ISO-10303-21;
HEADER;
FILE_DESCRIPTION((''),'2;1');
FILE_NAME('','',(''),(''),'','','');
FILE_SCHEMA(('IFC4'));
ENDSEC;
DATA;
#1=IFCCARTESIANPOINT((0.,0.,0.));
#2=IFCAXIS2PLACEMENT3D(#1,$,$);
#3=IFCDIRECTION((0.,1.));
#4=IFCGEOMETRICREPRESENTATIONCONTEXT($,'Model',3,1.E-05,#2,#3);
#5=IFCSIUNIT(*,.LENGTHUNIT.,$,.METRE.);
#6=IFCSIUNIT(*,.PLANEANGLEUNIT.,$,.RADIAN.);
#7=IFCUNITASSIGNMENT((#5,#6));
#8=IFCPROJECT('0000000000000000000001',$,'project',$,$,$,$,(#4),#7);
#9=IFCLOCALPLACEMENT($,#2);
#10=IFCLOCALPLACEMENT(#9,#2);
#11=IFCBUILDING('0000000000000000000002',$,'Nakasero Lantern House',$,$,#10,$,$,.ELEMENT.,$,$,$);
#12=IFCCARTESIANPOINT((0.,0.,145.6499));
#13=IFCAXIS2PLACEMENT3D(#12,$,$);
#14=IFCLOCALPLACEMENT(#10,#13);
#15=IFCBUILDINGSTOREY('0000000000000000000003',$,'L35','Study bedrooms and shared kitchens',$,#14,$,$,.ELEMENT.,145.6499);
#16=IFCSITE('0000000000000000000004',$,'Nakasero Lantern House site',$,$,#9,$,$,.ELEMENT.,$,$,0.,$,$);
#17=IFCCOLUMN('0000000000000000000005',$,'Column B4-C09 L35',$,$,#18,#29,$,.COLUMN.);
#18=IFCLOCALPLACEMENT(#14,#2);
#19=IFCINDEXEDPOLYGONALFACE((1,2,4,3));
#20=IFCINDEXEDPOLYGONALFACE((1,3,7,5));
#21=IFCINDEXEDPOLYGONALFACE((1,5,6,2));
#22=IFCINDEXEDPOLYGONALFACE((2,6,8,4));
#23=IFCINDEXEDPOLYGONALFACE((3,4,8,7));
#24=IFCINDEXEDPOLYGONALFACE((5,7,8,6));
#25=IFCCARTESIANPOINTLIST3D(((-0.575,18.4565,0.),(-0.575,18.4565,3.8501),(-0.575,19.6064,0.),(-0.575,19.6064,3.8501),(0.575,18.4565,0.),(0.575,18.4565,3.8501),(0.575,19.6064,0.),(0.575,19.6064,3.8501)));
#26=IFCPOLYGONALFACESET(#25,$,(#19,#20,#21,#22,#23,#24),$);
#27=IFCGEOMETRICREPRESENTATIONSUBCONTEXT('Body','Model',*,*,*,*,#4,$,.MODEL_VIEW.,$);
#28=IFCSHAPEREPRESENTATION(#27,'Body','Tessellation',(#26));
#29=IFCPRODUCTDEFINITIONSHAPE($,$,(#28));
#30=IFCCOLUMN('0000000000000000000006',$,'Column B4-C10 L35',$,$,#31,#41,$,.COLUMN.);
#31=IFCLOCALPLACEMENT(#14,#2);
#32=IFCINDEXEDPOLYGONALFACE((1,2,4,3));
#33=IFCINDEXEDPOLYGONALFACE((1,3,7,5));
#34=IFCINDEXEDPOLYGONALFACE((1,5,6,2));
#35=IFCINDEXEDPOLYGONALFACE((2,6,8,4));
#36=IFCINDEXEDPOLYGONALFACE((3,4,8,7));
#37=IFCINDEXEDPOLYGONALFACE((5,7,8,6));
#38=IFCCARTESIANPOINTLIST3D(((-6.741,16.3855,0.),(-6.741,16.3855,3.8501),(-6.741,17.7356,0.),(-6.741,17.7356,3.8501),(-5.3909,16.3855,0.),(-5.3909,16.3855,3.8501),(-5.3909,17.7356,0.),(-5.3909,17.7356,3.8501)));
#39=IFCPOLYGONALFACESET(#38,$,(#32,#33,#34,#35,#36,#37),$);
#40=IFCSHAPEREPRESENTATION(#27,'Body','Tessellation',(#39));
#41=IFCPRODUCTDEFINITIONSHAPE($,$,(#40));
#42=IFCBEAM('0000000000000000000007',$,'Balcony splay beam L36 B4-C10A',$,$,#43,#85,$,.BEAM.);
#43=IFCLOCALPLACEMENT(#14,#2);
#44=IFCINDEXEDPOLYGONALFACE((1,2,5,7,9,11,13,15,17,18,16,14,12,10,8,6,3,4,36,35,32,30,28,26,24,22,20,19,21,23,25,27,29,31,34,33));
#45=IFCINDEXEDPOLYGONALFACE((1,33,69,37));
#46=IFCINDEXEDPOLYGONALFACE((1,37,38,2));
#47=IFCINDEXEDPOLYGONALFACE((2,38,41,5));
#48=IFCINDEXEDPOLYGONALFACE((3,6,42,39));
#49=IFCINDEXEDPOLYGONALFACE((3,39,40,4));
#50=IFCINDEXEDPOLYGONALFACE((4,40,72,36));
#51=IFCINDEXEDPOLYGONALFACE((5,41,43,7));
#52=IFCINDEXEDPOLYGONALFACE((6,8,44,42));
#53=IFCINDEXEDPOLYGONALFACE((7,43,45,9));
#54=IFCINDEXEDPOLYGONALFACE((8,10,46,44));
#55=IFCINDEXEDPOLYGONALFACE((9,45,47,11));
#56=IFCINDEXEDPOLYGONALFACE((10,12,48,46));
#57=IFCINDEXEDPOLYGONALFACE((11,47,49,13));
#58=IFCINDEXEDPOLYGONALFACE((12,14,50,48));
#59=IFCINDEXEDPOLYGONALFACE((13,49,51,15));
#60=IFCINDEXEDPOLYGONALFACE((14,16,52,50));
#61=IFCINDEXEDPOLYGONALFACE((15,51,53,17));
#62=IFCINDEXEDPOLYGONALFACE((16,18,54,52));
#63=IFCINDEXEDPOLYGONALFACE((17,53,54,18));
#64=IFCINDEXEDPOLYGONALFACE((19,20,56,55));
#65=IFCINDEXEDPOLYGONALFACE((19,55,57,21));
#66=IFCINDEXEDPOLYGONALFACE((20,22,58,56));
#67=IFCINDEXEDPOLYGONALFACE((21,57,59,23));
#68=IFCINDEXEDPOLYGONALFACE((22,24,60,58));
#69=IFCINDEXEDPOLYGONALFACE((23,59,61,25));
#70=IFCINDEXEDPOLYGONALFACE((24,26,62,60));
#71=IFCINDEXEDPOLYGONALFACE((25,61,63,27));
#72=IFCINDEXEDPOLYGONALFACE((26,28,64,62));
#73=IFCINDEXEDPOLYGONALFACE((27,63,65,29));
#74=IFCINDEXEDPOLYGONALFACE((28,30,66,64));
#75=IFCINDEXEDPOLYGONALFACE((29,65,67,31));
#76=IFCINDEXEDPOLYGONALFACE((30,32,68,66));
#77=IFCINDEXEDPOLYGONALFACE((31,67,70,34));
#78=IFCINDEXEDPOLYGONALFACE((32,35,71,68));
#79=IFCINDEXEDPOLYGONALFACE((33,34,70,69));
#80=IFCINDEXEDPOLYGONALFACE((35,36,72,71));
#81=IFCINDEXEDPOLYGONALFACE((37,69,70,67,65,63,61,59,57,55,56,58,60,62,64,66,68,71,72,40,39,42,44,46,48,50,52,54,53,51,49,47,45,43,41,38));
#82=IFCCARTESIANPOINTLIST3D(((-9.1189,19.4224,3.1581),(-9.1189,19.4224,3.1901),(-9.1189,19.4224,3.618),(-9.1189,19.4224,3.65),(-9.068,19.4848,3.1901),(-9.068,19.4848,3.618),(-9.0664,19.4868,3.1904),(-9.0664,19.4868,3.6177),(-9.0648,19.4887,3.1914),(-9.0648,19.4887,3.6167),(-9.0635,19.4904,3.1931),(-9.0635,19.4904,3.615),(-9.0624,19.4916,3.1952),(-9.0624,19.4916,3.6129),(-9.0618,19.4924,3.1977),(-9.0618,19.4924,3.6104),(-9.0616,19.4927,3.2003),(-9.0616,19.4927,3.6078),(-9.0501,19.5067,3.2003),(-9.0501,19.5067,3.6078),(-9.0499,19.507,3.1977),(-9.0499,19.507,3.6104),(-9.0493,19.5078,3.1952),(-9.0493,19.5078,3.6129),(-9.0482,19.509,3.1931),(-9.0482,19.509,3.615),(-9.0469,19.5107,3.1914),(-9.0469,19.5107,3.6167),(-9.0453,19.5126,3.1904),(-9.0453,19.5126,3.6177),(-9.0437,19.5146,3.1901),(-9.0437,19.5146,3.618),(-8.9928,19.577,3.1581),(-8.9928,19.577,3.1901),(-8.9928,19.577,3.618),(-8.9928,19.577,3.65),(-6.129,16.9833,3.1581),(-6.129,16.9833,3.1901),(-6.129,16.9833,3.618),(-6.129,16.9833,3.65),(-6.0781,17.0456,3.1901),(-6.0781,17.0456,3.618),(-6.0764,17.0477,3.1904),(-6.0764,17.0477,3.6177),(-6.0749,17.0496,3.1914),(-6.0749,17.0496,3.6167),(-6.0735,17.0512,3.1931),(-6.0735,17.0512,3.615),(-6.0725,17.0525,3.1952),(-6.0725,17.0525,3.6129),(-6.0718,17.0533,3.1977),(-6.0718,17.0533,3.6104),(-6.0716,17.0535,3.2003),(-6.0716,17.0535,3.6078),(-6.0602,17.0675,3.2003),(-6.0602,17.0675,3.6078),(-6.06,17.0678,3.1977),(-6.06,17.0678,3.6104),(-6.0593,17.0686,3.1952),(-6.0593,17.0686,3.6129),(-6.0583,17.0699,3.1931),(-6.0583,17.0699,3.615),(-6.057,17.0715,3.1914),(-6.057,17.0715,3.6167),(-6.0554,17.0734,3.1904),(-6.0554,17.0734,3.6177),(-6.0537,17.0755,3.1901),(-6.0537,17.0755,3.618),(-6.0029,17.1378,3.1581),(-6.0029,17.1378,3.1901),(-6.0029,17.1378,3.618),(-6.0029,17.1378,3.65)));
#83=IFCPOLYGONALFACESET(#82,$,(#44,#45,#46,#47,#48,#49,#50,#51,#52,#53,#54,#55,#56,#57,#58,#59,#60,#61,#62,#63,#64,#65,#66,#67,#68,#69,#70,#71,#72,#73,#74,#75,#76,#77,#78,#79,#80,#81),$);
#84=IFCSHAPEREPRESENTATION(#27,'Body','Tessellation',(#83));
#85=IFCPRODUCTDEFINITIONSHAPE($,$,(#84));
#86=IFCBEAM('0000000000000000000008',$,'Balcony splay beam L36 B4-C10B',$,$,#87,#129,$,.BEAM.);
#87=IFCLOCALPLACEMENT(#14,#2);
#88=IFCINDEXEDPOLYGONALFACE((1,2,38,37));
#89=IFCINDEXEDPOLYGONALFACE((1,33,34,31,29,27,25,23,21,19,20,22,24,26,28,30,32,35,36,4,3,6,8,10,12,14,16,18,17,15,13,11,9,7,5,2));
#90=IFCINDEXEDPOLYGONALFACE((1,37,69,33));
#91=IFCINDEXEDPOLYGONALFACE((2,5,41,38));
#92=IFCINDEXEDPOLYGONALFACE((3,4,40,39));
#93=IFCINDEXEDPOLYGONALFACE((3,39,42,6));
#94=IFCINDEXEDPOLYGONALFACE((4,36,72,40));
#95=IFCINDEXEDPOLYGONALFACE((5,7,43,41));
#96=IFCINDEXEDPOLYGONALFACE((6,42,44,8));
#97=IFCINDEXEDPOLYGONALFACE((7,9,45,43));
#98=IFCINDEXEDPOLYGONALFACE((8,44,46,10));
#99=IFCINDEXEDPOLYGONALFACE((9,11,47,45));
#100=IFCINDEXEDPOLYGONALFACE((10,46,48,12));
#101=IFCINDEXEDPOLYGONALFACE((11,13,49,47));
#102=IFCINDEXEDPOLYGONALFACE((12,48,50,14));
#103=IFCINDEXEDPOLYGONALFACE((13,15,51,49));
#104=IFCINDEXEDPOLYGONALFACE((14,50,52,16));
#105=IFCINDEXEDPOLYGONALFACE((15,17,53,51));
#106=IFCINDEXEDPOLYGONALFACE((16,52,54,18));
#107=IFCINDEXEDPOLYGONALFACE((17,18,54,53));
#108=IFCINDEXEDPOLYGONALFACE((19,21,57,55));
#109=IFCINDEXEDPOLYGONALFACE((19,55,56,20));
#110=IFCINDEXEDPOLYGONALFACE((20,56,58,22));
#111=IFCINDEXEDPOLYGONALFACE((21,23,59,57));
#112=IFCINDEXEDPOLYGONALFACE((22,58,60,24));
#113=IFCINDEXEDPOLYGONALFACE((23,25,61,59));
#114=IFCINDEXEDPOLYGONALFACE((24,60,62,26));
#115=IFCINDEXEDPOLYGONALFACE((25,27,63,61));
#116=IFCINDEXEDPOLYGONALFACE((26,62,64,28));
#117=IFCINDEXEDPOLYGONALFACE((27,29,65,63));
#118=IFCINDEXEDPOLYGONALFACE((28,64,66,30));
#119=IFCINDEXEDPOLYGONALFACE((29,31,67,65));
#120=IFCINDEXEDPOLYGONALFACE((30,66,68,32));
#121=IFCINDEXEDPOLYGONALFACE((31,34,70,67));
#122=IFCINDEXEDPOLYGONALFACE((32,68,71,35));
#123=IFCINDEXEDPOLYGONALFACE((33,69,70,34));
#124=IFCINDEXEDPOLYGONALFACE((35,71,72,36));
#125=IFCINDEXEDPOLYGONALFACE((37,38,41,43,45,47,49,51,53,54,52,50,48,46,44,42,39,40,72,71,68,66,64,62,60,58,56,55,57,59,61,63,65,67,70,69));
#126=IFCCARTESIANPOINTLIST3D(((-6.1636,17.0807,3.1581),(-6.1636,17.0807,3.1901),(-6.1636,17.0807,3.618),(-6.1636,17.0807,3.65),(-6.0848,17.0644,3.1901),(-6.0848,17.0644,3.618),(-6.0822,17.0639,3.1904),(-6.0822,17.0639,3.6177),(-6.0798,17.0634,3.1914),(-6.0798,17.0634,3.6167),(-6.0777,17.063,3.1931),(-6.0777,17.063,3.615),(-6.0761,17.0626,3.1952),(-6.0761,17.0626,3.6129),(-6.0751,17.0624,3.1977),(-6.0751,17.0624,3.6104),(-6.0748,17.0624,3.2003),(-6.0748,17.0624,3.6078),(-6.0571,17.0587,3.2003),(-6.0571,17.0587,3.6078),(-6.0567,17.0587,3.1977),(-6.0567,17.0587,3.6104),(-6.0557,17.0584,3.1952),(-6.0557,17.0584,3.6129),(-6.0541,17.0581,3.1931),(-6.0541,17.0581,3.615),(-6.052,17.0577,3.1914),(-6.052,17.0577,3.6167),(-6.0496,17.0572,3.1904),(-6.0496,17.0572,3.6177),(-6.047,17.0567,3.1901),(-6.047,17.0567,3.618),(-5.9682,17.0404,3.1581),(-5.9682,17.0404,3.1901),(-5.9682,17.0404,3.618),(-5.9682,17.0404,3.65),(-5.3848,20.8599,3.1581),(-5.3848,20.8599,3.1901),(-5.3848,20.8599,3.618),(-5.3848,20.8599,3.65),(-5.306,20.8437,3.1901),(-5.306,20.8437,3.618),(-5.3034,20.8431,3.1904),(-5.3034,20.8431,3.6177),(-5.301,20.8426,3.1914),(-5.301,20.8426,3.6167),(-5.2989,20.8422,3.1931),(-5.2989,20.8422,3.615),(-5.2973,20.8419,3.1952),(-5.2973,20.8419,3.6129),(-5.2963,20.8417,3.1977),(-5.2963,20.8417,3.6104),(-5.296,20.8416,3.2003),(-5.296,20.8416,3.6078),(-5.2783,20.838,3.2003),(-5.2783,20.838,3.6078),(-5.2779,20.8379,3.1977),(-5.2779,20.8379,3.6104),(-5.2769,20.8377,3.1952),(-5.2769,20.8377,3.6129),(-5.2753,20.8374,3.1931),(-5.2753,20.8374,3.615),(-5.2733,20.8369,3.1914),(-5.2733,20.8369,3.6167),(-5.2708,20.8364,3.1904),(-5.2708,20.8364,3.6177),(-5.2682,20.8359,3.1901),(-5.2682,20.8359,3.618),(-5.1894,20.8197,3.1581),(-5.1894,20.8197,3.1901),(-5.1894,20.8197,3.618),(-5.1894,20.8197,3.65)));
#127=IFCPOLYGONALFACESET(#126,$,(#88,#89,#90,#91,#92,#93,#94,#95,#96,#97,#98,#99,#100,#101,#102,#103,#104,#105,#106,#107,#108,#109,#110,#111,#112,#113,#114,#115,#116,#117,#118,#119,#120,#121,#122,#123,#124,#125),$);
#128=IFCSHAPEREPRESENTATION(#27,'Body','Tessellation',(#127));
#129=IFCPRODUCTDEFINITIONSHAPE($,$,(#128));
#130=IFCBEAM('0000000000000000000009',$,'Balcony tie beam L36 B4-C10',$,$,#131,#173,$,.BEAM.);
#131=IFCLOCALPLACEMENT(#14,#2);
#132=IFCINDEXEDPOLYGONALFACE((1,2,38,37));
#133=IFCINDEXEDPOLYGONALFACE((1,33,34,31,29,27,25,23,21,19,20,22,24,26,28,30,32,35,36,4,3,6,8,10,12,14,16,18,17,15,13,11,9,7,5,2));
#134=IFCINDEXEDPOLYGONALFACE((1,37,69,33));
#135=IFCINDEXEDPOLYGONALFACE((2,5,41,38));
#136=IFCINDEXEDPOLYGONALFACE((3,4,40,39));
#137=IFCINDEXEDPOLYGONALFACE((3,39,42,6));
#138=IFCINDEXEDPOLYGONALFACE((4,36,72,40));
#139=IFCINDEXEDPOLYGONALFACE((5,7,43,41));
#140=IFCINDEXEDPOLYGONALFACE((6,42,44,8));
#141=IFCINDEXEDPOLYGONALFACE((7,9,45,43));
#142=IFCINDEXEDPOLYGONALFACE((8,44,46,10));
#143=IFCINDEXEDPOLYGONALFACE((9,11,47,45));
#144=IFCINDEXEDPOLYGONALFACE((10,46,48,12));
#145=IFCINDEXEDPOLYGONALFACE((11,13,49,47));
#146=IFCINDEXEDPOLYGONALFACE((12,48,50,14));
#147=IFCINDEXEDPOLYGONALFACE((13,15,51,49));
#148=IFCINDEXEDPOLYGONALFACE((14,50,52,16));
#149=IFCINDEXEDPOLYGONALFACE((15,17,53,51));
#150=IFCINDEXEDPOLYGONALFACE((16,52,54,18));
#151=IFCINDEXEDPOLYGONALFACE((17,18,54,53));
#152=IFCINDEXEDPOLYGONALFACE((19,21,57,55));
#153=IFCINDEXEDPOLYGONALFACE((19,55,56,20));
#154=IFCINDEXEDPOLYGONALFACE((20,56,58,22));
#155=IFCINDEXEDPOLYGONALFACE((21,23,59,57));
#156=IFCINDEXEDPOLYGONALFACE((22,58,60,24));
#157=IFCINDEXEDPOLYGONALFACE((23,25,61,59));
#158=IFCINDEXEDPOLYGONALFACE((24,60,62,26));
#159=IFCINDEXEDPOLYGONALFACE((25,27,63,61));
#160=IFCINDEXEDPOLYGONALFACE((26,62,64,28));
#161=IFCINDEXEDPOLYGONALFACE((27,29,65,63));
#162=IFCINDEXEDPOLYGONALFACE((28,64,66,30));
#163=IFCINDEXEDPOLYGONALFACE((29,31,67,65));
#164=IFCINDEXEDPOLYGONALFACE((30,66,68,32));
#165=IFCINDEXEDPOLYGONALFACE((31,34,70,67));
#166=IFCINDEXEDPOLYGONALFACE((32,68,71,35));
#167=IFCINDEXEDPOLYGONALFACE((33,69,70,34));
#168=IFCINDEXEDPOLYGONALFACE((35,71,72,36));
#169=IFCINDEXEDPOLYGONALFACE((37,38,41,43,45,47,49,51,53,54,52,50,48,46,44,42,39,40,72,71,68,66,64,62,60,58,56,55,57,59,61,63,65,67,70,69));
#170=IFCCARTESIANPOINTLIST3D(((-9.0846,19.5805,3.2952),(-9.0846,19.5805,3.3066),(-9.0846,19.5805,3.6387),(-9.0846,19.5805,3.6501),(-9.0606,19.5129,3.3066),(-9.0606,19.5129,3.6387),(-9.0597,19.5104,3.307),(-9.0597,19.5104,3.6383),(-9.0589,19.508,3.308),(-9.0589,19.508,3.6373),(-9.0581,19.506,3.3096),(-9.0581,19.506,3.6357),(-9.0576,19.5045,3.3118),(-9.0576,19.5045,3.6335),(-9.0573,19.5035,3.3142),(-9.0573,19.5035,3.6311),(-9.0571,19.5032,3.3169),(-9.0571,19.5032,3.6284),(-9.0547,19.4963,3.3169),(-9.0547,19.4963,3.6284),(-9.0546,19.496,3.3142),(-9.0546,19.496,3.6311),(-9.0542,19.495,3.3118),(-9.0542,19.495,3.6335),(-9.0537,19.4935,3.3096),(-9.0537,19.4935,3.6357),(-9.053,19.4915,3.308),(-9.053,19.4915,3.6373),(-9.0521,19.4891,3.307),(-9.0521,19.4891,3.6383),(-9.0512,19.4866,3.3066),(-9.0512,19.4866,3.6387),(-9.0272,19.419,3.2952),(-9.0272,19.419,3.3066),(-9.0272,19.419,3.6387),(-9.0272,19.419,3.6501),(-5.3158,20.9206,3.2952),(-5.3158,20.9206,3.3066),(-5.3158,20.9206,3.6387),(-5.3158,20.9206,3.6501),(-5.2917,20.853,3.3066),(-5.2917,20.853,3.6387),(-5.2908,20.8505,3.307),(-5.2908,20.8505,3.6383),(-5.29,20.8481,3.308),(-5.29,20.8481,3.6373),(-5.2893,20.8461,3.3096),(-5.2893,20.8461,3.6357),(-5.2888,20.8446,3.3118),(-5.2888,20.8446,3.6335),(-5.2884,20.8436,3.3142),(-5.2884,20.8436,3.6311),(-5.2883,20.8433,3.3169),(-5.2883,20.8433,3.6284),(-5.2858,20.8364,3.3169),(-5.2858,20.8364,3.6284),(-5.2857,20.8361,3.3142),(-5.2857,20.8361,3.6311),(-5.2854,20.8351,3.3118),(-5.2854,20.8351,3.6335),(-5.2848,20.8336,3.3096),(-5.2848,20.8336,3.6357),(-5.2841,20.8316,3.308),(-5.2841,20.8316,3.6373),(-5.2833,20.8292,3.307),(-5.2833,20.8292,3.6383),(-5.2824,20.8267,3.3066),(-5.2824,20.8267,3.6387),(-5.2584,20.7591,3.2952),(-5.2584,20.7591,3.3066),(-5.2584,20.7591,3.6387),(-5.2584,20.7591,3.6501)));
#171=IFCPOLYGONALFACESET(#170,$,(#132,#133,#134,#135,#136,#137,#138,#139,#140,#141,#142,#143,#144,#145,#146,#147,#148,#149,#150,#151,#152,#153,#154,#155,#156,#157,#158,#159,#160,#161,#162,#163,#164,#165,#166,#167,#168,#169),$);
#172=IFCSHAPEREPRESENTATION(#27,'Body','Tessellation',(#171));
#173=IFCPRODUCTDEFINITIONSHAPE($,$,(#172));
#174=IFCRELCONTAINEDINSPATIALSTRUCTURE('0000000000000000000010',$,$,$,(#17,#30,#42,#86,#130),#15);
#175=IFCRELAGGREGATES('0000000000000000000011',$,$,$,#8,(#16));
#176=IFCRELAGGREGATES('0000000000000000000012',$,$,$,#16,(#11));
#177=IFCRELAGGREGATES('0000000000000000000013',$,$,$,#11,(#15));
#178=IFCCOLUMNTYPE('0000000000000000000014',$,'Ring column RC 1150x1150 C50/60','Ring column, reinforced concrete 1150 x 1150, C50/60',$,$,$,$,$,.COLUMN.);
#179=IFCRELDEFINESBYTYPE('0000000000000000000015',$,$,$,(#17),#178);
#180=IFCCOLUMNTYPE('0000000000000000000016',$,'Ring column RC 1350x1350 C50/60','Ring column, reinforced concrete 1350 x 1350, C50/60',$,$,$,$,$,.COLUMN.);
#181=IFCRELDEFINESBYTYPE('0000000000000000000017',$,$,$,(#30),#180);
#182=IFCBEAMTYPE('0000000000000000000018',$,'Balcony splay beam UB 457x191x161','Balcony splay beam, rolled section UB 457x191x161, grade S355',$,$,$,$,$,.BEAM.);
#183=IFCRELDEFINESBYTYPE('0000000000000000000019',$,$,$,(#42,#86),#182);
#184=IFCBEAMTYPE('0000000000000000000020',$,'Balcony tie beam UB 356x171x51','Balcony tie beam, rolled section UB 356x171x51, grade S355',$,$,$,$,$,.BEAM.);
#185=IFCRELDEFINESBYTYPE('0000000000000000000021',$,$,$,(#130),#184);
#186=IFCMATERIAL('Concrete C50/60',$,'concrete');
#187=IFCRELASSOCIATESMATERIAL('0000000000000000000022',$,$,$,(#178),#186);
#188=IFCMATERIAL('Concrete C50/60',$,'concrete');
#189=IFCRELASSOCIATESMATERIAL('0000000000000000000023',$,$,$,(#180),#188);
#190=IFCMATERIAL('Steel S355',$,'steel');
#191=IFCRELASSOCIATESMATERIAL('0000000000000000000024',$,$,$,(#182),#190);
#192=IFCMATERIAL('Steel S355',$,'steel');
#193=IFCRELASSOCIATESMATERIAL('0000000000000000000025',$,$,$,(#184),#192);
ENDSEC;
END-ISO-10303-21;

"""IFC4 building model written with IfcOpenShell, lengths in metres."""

from ifc_helpers import new_model, si_unit, direction, frame, origin, origin_2d, place, context, subcontext, project, spatial, rectangle, i_section, extrude, material, material_profile, profile_set, type_object, element, save


model = new_model("IFC4")

# Units and contexts
model_context = context("Model", 3, precision=1e-05, world=origin(), true_north=direction((0.0, 1.0)))
body_context = subcontext(model_context, "Body", "Model", "MODEL_VIEW")
ifc_project = project(units=[si_unit("LENGTHUNIT", "METRE"), si_unit("PLANEANGLEUNIT", "RADIAN")], contexts=[model_context])

# Site, building, storey
site_placement = place(None, origin())
site = spatial("IfcSite", under=ifc_project, at=site_placement, Name="Nakasero Lantern House site", CompositionType="ELEMENT", RefElevation=0.0)
building_placement = place(site_placement, origin())
building = spatial("IfcBuilding", under=site, at=building_placement, Name="Nakasero Lantern House", CompositionType="ELEMENT")
storey_placement = place(building_placement, frame((0.0, 0.0, 145.6499)))
storey = spatial("IfcBuildingStorey", under=building, at=storey_placement, Name="L35", Description="Study bedrooms and shared kitchens", CompositionType="ELEMENT", Elevation=145.6499)

# Columns
ifc_material_1 = material(Name="Concrete C50/60", Category="concrete")
ifc_material_profile_1 = material_profile(ifc_material_1, rectangle(XDim=1.1499, YDim=1.1499, at=origin_2d()), Name="RC 1150x1150")
ifc_profile_set_1 = profile_set([ifc_material_profile_1], Name="Concrete C50/60")
column_type_1 = type_object("IfcColumnType", Name="Ring column RC 1150x1150 C50/60", Description="Ring column, reinforced concrete 1150 x 1150, C50/60", PredefinedType="COLUMN", material=ifc_profile_set_1)
column_1_placement = place(storey_placement, frame((0.0, 19.0315, 0.0), z_axis=(0.0, 0.0, 1.0), x_axis=(1.0, 0.0, 0.0)))
element("IfcColumn", 1, at=column_1_placement, inside=storey, type_object=column_type_1, Name="Column B4-C09 L35", PredefinedType="COLUMN", context=body_context, shape_type="SweptSolid", body=[
    extrude(rectangle(XDim=1.1499, YDim=1.1499, at=origin_2d()), origin(), (0.0, 0.0, 1.0), 3.8501),
])
ifc_material_2 = material(Name="Concrete C50/60", Category="concrete")
ifc_material_profile_2 = material_profile(ifc_material_2, rectangle(XDim=1.3501, YDim=1.3501, at=origin_2d()), Name="RC 1350x1350")
ifc_profile_set_2 = profile_set([ifc_material_profile_2], Name="Concrete C50/60")
column_type_2 = type_object("IfcColumnType", Name="Ring column RC 1350x1350 C50/60", Description="Ring column, reinforced concrete 1350 x 1350, C50/60", PredefinedType="COLUMN", material=ifc_profile_set_2)
column_2_placement = place(storey_placement, frame((-6.0659, 17.0605, 0.0), z_axis=(0.0, 0.0, 1.0), x_axis=(1.0, 0.0, 0.0)))
element("IfcColumn", 2, at=column_2_placement, inside=storey, type_object=column_type_2, Name="Column B4-C10 L35", PredefinedType="COLUMN", context=body_context, shape_type="SweptSolid", body=[
    extrude(rectangle(XDim=1.3501, YDim=1.3501, at=origin_2d()), origin(), (0.0, 0.0, 1.0), 3.8501),
])

# Beams
ifc_material_3 = material(Name="Steel S355", Category="steel")
ifc_material_profile_3 = material_profile(ifc_material_3, i_section(OverallWidth=0.1995, OverallDepth=0.4919, WebThickness=0.0181, FlangeThickness=0.032, FilletRadius=0.0103, at=origin_2d()), Name="UB 457x191x161")
ifc_profile_set_3 = profile_set([ifc_material_profile_3], Name="Steel S355")
beam_type_1 = type_object("IfcBeamType", Name="Balcony splay beam UB 457x191x161", Description="Balcony splay beam, rolled section UB 457x191x161, grade S355", PredefinedType="BEAM", material=ifc_profile_set_3)
for number, where, z_axis, x_axis, name in (
    (3, (-6.0659, 17.0605, 3.4041), (-0.774864, 0.632128, 0.0), (-0.632128, -0.774864, 0.0), "Balcony splay beam L36 B4-C10A"),
    (4, (-6.0659, 17.0605, 3.4041), (0.201831, 0.97942, 0.0), (-0.97942, 0.201831, 0.0), "Balcony splay beam L36 B4-C10B"),
):
    element("IfcBeam", number, at=place(storey_placement, frame(where, z_axis=z_axis, x_axis=x_axis)), inside=storey, type_object=beam_type_1, Name=name, PredefinedType="BEAM", context=body_context, shape_type="SweptSolid", body=[
        extrude(i_section(OverallWidth=0.1995, OverallDepth=0.4919, WebThickness=0.0181, FlangeThickness=0.032, FilletRadius=0.0103, at=origin_2d()), origin(), (0.0, 0.0, 1.0), 3.8586),
    ])
ifc_material_4 = material(Name="Steel S355", Category="steel")
ifc_material_profile_4 = material_profile(ifc_material_4, i_section(OverallWidth=0.1714, OverallDepth=0.355, WebThickness=0.0073, FlangeThickness=0.0115, FilletRadius=0.0103, at=origin_2d()), Name="UB 356x171x51")
ifc_profile_set_4 = profile_set([ifc_material_profile_4], Name="Steel S355")
beam_type_2 = type_object("IfcBeamType", Name="Balcony tie beam UB 356x171x51", Description="Balcony tie beam, rolled section UB 356x171x51, grade S355", PredefinedType="BEAM", material=ifc_profile_set_4)
beam_1_placement = place(storey_placement, frame((-9.0559, 19.4998, 3.4727), z_axis=(0.942209, 0.335025, 0.0), x_axis=(-0.335025, 0.942209, 0.0)))
element("IfcBeam", 5, at=beam_1_placement, inside=storey, type_object=beam_type_2, Name="Balcony tie beam L36 B4-C10", PredefinedType="BEAM", context=body_context, shape_type="SweptSolid", body=[
    extrude(i_section(OverallWidth=0.1714, OverallDepth=0.355, WebThickness=0.0073, FlangeThickness=0.0115, FilletRadius=0.0103, at=origin_2d()), origin(), (0.0, 0.0, 1.0), 4.0),
])

save(model, "model.ifc")
